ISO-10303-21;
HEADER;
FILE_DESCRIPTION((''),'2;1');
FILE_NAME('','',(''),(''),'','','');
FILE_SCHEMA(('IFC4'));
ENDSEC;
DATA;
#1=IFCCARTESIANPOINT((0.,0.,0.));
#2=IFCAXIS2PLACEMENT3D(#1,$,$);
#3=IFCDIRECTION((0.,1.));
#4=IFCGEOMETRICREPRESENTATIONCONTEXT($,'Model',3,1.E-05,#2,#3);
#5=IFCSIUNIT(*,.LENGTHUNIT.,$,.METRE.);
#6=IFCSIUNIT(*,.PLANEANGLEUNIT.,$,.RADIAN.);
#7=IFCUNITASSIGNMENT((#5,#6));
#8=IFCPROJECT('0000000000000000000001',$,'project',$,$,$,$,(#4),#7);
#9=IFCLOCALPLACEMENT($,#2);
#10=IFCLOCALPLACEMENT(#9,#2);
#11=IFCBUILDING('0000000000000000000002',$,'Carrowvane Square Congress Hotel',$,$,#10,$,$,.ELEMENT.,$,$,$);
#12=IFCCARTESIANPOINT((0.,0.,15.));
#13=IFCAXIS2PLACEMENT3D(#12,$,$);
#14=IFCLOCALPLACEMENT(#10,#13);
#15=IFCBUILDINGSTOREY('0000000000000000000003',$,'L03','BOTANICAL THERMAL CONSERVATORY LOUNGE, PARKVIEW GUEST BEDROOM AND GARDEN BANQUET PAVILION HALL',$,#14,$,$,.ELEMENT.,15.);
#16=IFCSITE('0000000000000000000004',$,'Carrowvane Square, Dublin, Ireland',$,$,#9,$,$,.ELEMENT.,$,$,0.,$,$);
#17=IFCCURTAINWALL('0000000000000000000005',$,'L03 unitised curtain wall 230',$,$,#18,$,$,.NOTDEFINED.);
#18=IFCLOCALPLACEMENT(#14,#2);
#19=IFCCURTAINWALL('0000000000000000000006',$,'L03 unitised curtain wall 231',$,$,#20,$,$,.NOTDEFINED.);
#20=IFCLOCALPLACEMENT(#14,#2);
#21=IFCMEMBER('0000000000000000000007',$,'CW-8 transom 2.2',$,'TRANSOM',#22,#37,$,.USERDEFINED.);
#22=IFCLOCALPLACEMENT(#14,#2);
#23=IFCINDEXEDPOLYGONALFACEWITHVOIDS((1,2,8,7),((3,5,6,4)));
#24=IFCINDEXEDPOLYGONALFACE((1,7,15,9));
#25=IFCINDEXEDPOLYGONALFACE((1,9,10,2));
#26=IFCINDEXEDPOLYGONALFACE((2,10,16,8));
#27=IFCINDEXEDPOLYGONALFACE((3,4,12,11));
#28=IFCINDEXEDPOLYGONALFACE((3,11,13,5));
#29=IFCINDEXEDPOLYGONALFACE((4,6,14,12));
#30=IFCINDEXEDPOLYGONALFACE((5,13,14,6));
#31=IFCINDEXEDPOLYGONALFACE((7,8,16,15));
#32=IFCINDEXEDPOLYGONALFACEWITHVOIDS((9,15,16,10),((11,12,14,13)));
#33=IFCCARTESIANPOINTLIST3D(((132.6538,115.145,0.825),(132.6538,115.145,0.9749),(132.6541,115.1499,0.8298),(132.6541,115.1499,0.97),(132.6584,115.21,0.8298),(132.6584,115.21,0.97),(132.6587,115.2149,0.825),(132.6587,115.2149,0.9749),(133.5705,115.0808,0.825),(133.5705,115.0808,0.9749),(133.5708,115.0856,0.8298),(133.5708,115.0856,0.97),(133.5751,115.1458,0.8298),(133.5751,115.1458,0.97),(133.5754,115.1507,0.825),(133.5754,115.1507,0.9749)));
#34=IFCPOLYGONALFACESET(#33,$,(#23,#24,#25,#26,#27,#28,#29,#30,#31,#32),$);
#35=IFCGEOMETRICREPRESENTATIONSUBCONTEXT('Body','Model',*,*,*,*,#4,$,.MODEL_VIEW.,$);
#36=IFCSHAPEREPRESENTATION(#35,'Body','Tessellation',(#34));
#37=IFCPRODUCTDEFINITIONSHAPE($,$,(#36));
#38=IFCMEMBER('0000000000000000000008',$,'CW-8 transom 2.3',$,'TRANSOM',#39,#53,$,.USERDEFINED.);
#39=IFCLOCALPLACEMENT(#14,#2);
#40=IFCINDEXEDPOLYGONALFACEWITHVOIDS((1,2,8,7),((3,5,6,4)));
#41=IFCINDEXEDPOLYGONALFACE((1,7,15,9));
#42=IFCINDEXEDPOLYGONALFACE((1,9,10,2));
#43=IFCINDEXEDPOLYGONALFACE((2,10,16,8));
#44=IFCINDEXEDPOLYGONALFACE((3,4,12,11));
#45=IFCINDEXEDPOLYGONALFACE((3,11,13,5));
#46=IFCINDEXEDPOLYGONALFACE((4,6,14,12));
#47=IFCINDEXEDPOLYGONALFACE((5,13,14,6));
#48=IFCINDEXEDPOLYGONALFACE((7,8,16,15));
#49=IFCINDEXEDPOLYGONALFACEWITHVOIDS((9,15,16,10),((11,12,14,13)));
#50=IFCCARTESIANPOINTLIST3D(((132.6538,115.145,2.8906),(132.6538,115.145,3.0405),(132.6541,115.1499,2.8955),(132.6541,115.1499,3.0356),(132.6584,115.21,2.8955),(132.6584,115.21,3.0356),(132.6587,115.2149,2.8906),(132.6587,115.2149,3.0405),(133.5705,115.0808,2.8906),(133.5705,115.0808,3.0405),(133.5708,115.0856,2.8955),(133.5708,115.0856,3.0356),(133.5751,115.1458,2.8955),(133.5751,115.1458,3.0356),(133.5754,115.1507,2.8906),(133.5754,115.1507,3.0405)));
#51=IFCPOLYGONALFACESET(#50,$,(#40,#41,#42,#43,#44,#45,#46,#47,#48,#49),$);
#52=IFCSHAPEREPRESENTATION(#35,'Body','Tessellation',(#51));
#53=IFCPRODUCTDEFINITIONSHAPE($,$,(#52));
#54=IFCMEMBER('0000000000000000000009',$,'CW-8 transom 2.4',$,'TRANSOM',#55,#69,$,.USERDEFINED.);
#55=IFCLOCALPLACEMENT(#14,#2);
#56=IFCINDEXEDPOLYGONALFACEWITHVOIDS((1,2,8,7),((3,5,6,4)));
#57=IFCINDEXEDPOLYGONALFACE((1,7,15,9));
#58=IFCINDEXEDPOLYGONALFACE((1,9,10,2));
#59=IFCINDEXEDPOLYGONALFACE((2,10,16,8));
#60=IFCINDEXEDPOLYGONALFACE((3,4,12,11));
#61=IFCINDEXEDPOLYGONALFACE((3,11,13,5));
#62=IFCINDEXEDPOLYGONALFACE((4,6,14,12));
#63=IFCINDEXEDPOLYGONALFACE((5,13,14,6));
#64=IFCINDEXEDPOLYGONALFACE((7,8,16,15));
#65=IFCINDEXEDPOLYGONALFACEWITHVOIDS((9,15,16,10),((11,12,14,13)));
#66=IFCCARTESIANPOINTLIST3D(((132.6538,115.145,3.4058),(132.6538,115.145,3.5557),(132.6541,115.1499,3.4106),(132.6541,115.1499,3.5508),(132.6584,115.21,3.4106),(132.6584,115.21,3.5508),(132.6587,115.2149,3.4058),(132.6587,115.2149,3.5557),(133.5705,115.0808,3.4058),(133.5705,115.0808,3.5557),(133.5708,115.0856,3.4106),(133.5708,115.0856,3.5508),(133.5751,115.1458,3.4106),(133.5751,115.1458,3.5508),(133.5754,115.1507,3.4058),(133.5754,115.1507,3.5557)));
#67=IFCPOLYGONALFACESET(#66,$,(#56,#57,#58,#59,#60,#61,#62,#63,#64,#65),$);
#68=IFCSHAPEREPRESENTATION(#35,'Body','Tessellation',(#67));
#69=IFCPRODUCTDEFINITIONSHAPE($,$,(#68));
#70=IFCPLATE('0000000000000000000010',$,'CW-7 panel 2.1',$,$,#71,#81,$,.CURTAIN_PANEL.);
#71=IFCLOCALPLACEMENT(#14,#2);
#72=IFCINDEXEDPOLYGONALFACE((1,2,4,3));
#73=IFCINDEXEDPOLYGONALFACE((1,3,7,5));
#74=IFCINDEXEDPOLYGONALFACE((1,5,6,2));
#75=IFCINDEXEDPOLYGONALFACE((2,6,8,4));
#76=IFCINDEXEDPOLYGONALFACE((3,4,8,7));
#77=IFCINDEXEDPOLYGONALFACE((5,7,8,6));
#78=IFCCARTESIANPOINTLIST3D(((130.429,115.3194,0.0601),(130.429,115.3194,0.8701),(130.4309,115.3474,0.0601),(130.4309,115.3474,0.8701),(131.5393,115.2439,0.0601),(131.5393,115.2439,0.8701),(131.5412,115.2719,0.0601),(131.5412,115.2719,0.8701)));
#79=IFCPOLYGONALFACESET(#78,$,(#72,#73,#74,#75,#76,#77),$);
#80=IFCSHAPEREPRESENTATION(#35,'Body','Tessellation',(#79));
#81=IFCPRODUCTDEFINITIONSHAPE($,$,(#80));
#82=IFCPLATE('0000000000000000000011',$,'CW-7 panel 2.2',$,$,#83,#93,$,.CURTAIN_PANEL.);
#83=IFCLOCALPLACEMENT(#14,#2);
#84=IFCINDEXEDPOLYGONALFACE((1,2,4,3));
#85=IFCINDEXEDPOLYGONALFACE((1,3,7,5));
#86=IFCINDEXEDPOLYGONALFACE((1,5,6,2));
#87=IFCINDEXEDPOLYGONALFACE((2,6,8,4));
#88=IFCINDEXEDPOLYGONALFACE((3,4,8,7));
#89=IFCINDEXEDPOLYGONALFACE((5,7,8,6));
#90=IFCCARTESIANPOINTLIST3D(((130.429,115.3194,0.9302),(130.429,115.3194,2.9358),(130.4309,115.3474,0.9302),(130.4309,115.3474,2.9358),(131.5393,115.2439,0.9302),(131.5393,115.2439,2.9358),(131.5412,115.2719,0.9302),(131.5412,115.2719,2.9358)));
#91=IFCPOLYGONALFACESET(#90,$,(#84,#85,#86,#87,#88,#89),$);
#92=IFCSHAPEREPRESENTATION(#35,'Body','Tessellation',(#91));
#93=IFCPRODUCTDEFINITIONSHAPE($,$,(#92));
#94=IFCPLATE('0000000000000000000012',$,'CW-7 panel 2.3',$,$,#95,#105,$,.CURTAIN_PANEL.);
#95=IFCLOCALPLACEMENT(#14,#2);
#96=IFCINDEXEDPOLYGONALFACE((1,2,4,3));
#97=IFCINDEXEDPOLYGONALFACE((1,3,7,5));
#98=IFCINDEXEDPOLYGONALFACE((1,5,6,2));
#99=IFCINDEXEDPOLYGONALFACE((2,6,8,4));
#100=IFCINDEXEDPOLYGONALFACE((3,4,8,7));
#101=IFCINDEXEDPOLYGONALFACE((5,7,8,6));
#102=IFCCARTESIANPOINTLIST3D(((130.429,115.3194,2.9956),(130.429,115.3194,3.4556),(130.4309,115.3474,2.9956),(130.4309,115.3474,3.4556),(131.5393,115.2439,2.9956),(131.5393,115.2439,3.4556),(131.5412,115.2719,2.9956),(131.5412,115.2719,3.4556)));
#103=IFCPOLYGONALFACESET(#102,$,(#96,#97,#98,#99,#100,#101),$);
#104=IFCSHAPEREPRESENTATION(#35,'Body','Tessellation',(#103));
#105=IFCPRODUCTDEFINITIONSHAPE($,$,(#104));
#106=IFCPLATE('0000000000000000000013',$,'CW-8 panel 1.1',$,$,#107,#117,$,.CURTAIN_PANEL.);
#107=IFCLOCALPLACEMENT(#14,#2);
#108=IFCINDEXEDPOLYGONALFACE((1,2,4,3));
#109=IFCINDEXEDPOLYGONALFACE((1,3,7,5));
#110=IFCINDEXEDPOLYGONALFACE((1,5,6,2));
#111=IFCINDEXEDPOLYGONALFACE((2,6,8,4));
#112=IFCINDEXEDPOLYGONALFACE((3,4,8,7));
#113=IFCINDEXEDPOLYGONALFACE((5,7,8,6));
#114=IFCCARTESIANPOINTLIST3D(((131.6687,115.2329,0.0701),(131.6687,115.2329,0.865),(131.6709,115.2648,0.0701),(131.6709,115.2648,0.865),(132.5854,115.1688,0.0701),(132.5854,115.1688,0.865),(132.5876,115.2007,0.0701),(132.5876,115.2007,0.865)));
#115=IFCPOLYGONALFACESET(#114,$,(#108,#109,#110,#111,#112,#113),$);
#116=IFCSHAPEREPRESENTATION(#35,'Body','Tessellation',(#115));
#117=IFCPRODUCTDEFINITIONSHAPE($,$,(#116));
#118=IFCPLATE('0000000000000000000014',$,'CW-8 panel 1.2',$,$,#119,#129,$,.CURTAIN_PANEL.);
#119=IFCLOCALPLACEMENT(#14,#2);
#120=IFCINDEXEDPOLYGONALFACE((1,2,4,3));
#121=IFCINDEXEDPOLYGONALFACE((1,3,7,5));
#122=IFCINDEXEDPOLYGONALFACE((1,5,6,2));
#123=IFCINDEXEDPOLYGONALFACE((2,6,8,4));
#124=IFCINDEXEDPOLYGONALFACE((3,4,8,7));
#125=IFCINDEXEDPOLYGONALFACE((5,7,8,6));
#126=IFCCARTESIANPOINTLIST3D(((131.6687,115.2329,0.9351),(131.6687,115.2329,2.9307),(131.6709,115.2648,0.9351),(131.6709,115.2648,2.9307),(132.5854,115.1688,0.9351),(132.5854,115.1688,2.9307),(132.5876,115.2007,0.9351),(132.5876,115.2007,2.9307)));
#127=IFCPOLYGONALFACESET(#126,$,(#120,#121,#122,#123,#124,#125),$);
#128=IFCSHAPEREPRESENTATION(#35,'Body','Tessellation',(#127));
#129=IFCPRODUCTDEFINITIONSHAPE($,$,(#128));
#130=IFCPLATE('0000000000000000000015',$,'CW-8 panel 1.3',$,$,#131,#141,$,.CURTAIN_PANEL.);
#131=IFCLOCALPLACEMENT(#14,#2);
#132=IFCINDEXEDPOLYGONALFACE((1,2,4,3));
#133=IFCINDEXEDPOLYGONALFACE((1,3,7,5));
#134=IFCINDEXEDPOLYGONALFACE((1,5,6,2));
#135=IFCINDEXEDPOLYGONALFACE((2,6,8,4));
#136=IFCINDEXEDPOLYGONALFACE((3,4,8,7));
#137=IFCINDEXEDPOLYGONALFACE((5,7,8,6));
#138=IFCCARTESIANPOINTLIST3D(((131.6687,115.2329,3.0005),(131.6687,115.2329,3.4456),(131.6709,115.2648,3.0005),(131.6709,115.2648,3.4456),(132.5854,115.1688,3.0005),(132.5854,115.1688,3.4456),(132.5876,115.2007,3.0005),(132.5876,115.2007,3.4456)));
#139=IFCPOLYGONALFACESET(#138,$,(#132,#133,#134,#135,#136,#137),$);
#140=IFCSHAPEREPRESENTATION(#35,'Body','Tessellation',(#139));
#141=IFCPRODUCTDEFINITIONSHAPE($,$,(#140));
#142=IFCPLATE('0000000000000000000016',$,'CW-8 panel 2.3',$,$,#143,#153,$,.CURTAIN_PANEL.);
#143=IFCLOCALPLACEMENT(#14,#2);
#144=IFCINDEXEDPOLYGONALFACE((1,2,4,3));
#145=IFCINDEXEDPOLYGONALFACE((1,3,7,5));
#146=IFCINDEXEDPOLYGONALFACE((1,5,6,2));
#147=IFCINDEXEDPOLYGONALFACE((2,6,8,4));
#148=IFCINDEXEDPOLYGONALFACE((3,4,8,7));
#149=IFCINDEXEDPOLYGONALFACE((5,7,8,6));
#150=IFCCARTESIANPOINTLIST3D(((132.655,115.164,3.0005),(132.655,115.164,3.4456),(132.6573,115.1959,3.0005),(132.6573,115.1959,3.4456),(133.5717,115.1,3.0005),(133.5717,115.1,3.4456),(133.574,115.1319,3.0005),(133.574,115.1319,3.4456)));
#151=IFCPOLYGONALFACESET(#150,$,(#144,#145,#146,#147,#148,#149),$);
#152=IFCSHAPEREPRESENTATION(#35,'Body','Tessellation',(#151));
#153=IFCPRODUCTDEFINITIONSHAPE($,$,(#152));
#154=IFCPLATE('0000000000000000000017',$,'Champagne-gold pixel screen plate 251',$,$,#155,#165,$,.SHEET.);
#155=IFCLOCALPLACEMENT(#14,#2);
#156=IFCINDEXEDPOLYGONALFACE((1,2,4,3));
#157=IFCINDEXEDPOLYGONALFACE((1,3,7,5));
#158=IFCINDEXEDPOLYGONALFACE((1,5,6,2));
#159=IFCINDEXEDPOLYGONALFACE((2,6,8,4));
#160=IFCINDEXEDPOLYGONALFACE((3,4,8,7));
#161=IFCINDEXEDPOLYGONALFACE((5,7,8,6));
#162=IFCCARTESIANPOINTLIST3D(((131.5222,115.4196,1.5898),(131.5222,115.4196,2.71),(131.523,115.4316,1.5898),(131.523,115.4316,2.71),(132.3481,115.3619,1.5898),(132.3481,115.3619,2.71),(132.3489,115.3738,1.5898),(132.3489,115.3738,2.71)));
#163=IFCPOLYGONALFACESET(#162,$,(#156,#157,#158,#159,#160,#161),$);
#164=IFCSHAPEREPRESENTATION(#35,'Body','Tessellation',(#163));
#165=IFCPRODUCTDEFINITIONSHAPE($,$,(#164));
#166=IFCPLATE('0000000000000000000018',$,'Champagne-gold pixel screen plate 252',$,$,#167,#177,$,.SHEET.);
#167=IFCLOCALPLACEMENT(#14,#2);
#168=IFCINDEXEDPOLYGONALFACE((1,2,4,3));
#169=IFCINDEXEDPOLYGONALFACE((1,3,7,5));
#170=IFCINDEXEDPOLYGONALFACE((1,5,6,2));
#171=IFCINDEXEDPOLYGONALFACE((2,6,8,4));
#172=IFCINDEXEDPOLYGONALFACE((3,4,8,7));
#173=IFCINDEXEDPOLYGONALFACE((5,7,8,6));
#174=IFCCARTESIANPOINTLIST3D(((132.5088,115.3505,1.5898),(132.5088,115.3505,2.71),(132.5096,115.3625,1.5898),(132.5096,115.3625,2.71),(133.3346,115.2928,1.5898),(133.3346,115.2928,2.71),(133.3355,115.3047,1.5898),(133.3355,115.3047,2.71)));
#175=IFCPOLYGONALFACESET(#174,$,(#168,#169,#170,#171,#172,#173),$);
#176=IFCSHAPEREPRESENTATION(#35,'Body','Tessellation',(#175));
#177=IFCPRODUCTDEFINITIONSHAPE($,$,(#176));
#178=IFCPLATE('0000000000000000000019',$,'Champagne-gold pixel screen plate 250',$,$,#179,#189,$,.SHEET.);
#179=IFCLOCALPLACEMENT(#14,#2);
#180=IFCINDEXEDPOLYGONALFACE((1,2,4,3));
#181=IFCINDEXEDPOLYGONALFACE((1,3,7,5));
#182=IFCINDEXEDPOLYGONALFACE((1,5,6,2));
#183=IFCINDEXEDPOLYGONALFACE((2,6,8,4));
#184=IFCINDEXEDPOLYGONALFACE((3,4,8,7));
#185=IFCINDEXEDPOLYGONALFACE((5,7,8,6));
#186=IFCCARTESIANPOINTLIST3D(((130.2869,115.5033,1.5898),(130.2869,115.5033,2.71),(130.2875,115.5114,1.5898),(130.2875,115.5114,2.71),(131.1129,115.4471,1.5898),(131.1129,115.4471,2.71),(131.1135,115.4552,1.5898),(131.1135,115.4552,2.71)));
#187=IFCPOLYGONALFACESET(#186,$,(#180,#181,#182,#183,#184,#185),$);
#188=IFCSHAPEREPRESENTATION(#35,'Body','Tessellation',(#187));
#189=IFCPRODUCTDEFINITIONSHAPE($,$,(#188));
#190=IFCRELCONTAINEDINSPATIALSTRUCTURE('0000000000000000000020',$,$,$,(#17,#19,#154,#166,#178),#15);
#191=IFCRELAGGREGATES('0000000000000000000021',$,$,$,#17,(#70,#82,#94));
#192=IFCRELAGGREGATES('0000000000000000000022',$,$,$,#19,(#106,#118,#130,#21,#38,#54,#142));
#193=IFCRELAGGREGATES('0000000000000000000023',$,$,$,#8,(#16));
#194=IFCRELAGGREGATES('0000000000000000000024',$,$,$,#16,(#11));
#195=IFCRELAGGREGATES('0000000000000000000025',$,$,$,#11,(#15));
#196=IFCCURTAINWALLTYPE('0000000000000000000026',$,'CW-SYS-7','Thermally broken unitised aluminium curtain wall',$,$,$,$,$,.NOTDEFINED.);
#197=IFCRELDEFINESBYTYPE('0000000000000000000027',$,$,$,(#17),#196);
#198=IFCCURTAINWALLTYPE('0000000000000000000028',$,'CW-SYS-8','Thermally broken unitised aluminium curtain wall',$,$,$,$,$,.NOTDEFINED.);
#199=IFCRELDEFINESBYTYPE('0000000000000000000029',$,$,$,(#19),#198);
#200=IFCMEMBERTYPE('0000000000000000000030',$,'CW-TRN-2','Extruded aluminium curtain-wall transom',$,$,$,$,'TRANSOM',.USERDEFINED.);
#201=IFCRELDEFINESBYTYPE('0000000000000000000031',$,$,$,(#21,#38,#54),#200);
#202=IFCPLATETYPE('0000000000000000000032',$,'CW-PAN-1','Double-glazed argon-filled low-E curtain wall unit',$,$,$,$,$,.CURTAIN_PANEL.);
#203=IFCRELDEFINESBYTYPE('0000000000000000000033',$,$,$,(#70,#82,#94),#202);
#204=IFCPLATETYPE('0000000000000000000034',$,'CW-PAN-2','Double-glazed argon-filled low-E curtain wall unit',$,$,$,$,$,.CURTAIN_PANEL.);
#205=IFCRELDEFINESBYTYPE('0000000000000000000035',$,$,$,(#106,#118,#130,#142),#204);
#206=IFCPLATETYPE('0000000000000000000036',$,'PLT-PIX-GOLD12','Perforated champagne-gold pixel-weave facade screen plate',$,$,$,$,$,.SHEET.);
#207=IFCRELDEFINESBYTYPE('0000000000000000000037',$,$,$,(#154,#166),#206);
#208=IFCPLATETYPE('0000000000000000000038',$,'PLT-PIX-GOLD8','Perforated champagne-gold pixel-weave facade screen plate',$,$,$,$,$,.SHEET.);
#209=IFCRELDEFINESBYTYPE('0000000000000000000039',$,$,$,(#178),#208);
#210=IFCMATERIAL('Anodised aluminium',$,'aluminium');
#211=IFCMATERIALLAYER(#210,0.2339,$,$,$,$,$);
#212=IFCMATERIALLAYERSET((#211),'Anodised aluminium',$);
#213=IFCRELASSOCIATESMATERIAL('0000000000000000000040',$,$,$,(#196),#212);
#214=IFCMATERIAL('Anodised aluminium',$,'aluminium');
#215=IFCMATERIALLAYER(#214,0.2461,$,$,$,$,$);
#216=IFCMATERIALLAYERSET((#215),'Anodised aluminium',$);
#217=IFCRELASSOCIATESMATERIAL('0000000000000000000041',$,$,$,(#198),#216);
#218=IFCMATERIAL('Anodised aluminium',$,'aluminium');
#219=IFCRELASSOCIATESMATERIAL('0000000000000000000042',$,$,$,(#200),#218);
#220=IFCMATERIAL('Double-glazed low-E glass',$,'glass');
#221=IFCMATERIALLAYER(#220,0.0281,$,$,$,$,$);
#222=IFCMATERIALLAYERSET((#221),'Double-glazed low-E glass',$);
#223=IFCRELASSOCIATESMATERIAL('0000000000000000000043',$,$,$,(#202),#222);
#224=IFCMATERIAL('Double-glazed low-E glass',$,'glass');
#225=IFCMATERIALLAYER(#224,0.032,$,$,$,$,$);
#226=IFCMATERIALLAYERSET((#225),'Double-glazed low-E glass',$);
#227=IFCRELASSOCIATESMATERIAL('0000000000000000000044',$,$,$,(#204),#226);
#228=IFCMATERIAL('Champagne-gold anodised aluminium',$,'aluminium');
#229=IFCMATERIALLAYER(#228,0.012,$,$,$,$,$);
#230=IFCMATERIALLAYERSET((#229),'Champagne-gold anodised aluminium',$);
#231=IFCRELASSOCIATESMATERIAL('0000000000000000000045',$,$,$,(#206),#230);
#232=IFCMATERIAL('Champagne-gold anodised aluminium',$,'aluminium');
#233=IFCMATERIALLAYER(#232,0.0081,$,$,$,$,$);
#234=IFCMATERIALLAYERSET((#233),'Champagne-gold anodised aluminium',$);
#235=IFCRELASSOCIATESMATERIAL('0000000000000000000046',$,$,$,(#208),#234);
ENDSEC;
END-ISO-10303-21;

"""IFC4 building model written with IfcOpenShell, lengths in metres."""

from ifc_helpers import new_model, si_unit, direction, frame, origin, origin_2d, place, context, subcontext, project, spatial, rectangle, hollow_rectangle, extrude, material, layer, layer_set, material_profile, profile_set, type_object, element, aggregate, save


model = new_model("IFC4")

# Units and contexts
model_context = context("Model", 3, precision=1e-05, world=origin(), true_north=direction((0.0, 1.0)))
body_context = subcontext(model_context, "Body", "Model", "MODEL_VIEW")
ifc_project = project(units=[si_unit("LENGTHUNIT", "METRE"), si_unit("PLANEANGLEUNIT", "RADIAN")], contexts=[model_context])

# Site, building, storey
site_placement = place(None, origin())
site = spatial("IfcSite", under=ifc_project, at=site_placement, Name="Carrowvane Square, Dublin, Ireland", CompositionType="ELEMENT", RefElevation=0.0)
building_placement = place(site_placement, origin())
building = spatial("IfcBuilding", under=site, at=building_placement, Name="Carrowvane Square Congress Hotel", CompositionType="ELEMENT")
storey_placement = place(building_placement, frame((0.0, 0.0, 15.0)))
storey = spatial("IfcBuildingStorey", under=building, at=storey_placement, Name="L03", Description="BOTANICAL THERMAL CONSERVATORY LOUNGE, PARKVIEW GUEST BEDROOM AND GARDEN BANQUET PAVILION HALL", CompositionType="ELEMENT", Elevation=15.0)

# Curtain wall
ifc_material_1 = material(Name="Anodised aluminium", Category="aluminium")
ifc_layer_1 = layer(ifc_material_1, 0.2339)
ifc_layer_set_1 = layer_set([ifc_layer_1], Name="Anodised aluminium")
curtain_wall_type_1 = type_object("IfcCurtainWallType", Name="CW-SYS-7", Description="Thermally broken unitised aluminium curtain wall", PredefinedType="NOTDEFINED", material=ifc_layer_set_1)
curtain_wall_1_placement = place(storey_placement, origin())
curtain_wall_1 = element("IfcCurtainWall", 1, at=curtain_wall_1_placement, inside=storey, type_object=curtain_wall_type_1, Name="L03 unitised curtain wall 230", PredefinedType="NOTDEFINED")

# Curtain wall
ifc_material_2 = material(Name="Anodised aluminium", Category="aluminium")
ifc_layer_2 = layer(ifc_material_2, 0.2461)
ifc_layer_set_2 = layer_set([ifc_layer_2], Name="Anodised aluminium")
curtain_wall_type_2 = type_object("IfcCurtainWallType", Name="CW-SYS-8", Description="Thermally broken unitised aluminium curtain wall", PredefinedType="NOTDEFINED", material=ifc_layer_set_2)
curtain_wall_2_placement = place(storey_placement, origin())
curtain_wall_2 = element("IfcCurtainWall", 2, at=curtain_wall_2_placement, inside=storey, type_object=curtain_wall_type_2, Name="L03 unitised curtain wall 231", PredefinedType="NOTDEFINED")

# Members
ifc_material_3 = material(Name="Anodised aluminium", Category="aluminium")
ifc_material_profile_1 = material_profile(ifc_material_3, hollow_rectangle(XDim=0.0701, YDim=0.1499, WallThickness=0.0049, at=origin_2d()), Name="CW-TR 70x150x5")
ifc_profile_set_1 = profile_set([ifc_material_profile_1], Name="Anodised aluminium")
member_type_1 = type_object("IfcMemberType", Name="CW-TRN-2", Description="Extruded aluminium curtain-wall transom", ElementType="TRANSOM", PredefinedType="USERDEFINED", material=ifc_profile_set_1)
member_1_placement = place(storey_placement, frame((132.6562, 115.1799, 0.8999), z_axis=(0.997556, -0.069869, 0.0), x_axis=(0.069869, 0.997556, 0.0)))
member_1 = element("IfcMember", 3, at=member_1_placement, type_object=member_type_1, Name="CW-8 transom 2.2", ObjectType="TRANSOM", PredefinedType="USERDEFINED", context=body_context, shape_type="SweptSolid", body=[
    extrude(hollow_rectangle(XDim=0.0701, YDim=0.1499, WallThickness=0.0049, at=origin_2d()), origin(), (0.0, 0.0, 1.0), 0.9189),
])
member_2_placement = place(storey_placement, frame((132.6562, 115.1799, 2.9656), z_axis=(0.997556, -0.069869, 0.0), x_axis=(0.069869, 0.997556, 0.0)))
member_2 = element("IfcMember", 4, at=member_2_placement, type_object=member_type_1, Name="CW-8 transom 2.3", ObjectType="TRANSOM", PredefinedType="USERDEFINED", context=body_context, shape_type="SweptSolid", body=[
    extrude(hollow_rectangle(XDim=0.0701, YDim=0.1499, WallThickness=0.0049, at=origin_2d()), origin(), (0.0, 0.0, 1.0), 0.9189),
])
member_3_placement = place(storey_placement, frame((132.6562, 115.1799, 3.4807), z_axis=(0.997556, -0.069869, 0.0), x_axis=(0.069869, 0.997556, 0.0)))
member_3 = element("IfcMember", 5, at=member_3_placement, type_object=member_type_1, Name="CW-8 transom 2.4", ObjectType="TRANSOM", PredefinedType="USERDEFINED", context=body_context, shape_type="SweptSolid", body=[
    extrude(hollow_rectangle(XDim=0.0701, YDim=0.1499, WallThickness=0.0049, at=origin_2d()), origin(), (0.0, 0.0, 1.0), 0.9189),
])

# Plates
ifc_material_4 = material(Name="Double-glazed low-E glass", Category="glass")
ifc_layer_3 = layer(ifc_material_4, 0.0281)
ifc_layer_set_3 = layer_set([ifc_layer_3], Name="Double-glazed low-E glass")
plate_type_1 = type_object("IfcPlateType", Name="CW-PAN-1", Description="Double-glazed argon-filled low-E curtain wall unit", PredefinedType="CURTAIN_PANEL", material=ifc_layer_set_3)
plate_1_placement = place(storey_placement, frame((130.9851, 115.2957, 0.0601), z_axis=(0.0, 0.0, 1.0), x_axis=(0.997694, -0.06787, 0.0)))
plate_1 = element("IfcPlate", 6, at=plate_1_placement, type_object=plate_type_1, Name="CW-7 panel 2.1", PredefinedType="CURTAIN_PANEL", context=body_context, shape_type="SweptSolid", body=[
    extrude(rectangle(XDim=1.1128, YDim=0.0281, at=origin_2d()), origin(), (0.0, 0.0, 1.0), 0.8101),
])
plate_2_placement = place(storey_placement, frame((130.9851, 115.2957, 0.9302), z_axis=(0.0, 0.0, 1.0), x_axis=(0.997694, -0.06787, 0.0)))
plate_2 = element("IfcPlate", 7, at=plate_2_placement, type_object=plate_type_1, Name="CW-7 panel 2.2", PredefinedType="CURTAIN_PANEL", context=body_context, shape_type="SweptSolid", body=[
    extrude(rectangle(XDim=1.1128, YDim=0.0281, at=origin_2d()), origin(), (0.0, 0.0, 1.0), 2.0056),
])
plate_3_placement = place(storey_placement, frame((130.9851, 115.2957, 2.9956), z_axis=(0.0, 0.0, 1.0), x_axis=(0.997694, -0.06787, 0.0)))
plate_3 = element("IfcPlate", 8, at=plate_3_placement, type_object=plate_type_1, Name="CW-7 panel 2.3", PredefinedType="CURTAIN_PANEL", context=body_context, shape_type="SweptSolid", body=[
    extrude(rectangle(XDim=1.1128, YDim=0.0281, at=origin_2d()), origin(), (0.0, 0.0, 1.0), 0.46),
])
aggregate(curtain_wall_1, [plate_1, plate_2, plate_3])
ifc_material_5 = material(Name="Double-glazed low-E glass", Category="glass")
ifc_layer_4 = layer(ifc_material_5, 0.032)
ifc_layer_set_4 = layer_set([ifc_layer_4], Name="Double-glazed low-E glass")
plate_type_2 = type_object("IfcPlateType", Name="CW-PAN-2", Description="Double-glazed argon-filled low-E curtain wall unit", PredefinedType="CURTAIN_PANEL", material=ifc_layer_set_4)
plate_4_placement = place(storey_placement, frame((132.1282, 115.2168, 0.0701), z_axis=(0.0, 0.0, 1.0), x_axis=(0.997566, -0.069727, 0.0)))
plate_4 = element("IfcPlate", 9, at=plate_4_placement, type_object=plate_type_2, Name="CW-8 panel 1.1", PredefinedType="CURTAIN_PANEL", context=body_context, shape_type="SweptSolid", body=[
    extrude(rectangle(XDim=0.9189, YDim=0.032, at=origin_2d()), origin(), (0.0, 0.0, 1.0), 0.7949),
])
plate_5_placement = place(storey_placement, frame((132.1282, 115.2168, 0.9351), z_axis=(0.0, 0.0, 1.0), x_axis=(0.997566, -0.069727, 0.0)))
plate_5 = element("IfcPlate", 10, at=plate_5_placement, type_object=plate_type_2, Name="CW-8 panel 1.2", PredefinedType="CURTAIN_PANEL", context=body_context, shape_type="SweptSolid", body=[
    extrude(rectangle(XDim=0.9189, YDim=0.032, at=origin_2d()), origin(), (0.0, 0.0, 1.0), 1.9956),
])
plate_6_placement = place(storey_placement, frame((132.1282, 115.2168, 3.0005), z_axis=(0.0, 0.0, 1.0), x_axis=(0.997566, -0.069727, 0.0)))
plate_6 = element("IfcPlate", 11, at=plate_6_placement, type_object=plate_type_2, Name="CW-8 panel 1.3", PredefinedType="CURTAIN_PANEL", context=body_context, shape_type="SweptSolid", body=[
    extrude(rectangle(XDim=0.9189, YDim=0.032, at=origin_2d()), origin(), (0.0, 0.0, 1.0), 0.4451),
])
plate_7_placement = place(storey_placement, frame((133.1145, 115.1479, 3.0005), z_axis=(0.0, 0.0, 1.0), x_axis=(0.997566, -0.069727, 0.0)))
plate_7 = element("IfcPlate", 12, at=plate_7_placement, type_object=plate_type_2, Name="CW-8 panel 2.3", PredefinedType="CURTAIN_PANEL", context=body_context, shape_type="SweptSolid", body=[
    extrude(rectangle(XDim=0.9189, YDim=0.032, at=origin_2d()), origin(), (0.0, 0.0, 1.0), 0.4451),
])
aggregate(curtain_wall_2, [plate_4, plate_5, plate_6, member_1, member_2, member_3, plate_7])

# Plates
ifc_material_6 = material(Name="Champagne-gold anodised aluminium", Category="aluminium")
ifc_layer_5 = layer(ifc_material_6, 0.012)
ifc_layer_set_5 = layer_set([ifc_layer_5], Name="Champagne-gold anodised aluminium")
plate_type_3 = type_object("IfcPlateType", Name="PLT-PIX-GOLD12", Description="Perforated champagne-gold pixel-weave facade screen plate", PredefinedType="SHEET", material=ifc_layer_set_5)
for number, where, z_axis, x_axis, name in (
    (13, (131.9355, 115.3967, 1.5898), (0.0, 0.0, 1.0), (0.997566, -0.069725, 0.0), "Champagne-gold pixel screen plate 251"),
    (14, (132.9221, 115.3276, 1.5898), (0.0, 0.0, 1.0), (0.997566, -0.069725, 0.0), "Champagne-gold pixel screen plate 252"),
):
    element("IfcPlate", number, at=place(storey_placement, frame(where, z_axis=z_axis, x_axis=x_axis)), inside=storey, type_object=plate_type_3, Name=name, PredefinedType="SHEET", context=body_context, shape_type="SweptSolid", body=[
        extrude(rectangle(XDim=0.8279, YDim=0.012, at=origin_2d()), origin(), (0.0, 0.0, 1.0), 1.1201),
    ])
ifc_material_7 = material(Name="Champagne-gold anodised aluminium", Category="aluminium")
ifc_layer_6 = layer(ifc_material_7, 0.0081)
ifc_layer_set_6 = layer_set([ifc_layer_6], Name="Champagne-gold anodised aluminium")
plate_type_4 = type_object("IfcPlateType", Name="PLT-PIX-GOLD8", Description="Perforated champagne-gold pixel-weave facade screen plate", PredefinedType="SHEET", material=ifc_layer_set_6)
plate_8_placement = place(storey_placement, frame((130.7002, 115.4792, 1.5898), z_axis=(0.0, 0.0, 1.0), x_axis=(0.997694, -0.067866, 0.0)))
element("IfcPlate", 15, at=plate_8_placement, inside=storey, type_object=plate_type_4, Name="Champagne-gold pixel screen plate 250", PredefinedType="SHEET", context=body_context, shape_type="SweptSolid", body=[
    extrude(rectangle(XDim=0.8279, YDim=0.0081, at=origin_2d()), origin(), (0.0, 0.0, 1.0), 1.1201),
])

save(model, "model.ifc")
